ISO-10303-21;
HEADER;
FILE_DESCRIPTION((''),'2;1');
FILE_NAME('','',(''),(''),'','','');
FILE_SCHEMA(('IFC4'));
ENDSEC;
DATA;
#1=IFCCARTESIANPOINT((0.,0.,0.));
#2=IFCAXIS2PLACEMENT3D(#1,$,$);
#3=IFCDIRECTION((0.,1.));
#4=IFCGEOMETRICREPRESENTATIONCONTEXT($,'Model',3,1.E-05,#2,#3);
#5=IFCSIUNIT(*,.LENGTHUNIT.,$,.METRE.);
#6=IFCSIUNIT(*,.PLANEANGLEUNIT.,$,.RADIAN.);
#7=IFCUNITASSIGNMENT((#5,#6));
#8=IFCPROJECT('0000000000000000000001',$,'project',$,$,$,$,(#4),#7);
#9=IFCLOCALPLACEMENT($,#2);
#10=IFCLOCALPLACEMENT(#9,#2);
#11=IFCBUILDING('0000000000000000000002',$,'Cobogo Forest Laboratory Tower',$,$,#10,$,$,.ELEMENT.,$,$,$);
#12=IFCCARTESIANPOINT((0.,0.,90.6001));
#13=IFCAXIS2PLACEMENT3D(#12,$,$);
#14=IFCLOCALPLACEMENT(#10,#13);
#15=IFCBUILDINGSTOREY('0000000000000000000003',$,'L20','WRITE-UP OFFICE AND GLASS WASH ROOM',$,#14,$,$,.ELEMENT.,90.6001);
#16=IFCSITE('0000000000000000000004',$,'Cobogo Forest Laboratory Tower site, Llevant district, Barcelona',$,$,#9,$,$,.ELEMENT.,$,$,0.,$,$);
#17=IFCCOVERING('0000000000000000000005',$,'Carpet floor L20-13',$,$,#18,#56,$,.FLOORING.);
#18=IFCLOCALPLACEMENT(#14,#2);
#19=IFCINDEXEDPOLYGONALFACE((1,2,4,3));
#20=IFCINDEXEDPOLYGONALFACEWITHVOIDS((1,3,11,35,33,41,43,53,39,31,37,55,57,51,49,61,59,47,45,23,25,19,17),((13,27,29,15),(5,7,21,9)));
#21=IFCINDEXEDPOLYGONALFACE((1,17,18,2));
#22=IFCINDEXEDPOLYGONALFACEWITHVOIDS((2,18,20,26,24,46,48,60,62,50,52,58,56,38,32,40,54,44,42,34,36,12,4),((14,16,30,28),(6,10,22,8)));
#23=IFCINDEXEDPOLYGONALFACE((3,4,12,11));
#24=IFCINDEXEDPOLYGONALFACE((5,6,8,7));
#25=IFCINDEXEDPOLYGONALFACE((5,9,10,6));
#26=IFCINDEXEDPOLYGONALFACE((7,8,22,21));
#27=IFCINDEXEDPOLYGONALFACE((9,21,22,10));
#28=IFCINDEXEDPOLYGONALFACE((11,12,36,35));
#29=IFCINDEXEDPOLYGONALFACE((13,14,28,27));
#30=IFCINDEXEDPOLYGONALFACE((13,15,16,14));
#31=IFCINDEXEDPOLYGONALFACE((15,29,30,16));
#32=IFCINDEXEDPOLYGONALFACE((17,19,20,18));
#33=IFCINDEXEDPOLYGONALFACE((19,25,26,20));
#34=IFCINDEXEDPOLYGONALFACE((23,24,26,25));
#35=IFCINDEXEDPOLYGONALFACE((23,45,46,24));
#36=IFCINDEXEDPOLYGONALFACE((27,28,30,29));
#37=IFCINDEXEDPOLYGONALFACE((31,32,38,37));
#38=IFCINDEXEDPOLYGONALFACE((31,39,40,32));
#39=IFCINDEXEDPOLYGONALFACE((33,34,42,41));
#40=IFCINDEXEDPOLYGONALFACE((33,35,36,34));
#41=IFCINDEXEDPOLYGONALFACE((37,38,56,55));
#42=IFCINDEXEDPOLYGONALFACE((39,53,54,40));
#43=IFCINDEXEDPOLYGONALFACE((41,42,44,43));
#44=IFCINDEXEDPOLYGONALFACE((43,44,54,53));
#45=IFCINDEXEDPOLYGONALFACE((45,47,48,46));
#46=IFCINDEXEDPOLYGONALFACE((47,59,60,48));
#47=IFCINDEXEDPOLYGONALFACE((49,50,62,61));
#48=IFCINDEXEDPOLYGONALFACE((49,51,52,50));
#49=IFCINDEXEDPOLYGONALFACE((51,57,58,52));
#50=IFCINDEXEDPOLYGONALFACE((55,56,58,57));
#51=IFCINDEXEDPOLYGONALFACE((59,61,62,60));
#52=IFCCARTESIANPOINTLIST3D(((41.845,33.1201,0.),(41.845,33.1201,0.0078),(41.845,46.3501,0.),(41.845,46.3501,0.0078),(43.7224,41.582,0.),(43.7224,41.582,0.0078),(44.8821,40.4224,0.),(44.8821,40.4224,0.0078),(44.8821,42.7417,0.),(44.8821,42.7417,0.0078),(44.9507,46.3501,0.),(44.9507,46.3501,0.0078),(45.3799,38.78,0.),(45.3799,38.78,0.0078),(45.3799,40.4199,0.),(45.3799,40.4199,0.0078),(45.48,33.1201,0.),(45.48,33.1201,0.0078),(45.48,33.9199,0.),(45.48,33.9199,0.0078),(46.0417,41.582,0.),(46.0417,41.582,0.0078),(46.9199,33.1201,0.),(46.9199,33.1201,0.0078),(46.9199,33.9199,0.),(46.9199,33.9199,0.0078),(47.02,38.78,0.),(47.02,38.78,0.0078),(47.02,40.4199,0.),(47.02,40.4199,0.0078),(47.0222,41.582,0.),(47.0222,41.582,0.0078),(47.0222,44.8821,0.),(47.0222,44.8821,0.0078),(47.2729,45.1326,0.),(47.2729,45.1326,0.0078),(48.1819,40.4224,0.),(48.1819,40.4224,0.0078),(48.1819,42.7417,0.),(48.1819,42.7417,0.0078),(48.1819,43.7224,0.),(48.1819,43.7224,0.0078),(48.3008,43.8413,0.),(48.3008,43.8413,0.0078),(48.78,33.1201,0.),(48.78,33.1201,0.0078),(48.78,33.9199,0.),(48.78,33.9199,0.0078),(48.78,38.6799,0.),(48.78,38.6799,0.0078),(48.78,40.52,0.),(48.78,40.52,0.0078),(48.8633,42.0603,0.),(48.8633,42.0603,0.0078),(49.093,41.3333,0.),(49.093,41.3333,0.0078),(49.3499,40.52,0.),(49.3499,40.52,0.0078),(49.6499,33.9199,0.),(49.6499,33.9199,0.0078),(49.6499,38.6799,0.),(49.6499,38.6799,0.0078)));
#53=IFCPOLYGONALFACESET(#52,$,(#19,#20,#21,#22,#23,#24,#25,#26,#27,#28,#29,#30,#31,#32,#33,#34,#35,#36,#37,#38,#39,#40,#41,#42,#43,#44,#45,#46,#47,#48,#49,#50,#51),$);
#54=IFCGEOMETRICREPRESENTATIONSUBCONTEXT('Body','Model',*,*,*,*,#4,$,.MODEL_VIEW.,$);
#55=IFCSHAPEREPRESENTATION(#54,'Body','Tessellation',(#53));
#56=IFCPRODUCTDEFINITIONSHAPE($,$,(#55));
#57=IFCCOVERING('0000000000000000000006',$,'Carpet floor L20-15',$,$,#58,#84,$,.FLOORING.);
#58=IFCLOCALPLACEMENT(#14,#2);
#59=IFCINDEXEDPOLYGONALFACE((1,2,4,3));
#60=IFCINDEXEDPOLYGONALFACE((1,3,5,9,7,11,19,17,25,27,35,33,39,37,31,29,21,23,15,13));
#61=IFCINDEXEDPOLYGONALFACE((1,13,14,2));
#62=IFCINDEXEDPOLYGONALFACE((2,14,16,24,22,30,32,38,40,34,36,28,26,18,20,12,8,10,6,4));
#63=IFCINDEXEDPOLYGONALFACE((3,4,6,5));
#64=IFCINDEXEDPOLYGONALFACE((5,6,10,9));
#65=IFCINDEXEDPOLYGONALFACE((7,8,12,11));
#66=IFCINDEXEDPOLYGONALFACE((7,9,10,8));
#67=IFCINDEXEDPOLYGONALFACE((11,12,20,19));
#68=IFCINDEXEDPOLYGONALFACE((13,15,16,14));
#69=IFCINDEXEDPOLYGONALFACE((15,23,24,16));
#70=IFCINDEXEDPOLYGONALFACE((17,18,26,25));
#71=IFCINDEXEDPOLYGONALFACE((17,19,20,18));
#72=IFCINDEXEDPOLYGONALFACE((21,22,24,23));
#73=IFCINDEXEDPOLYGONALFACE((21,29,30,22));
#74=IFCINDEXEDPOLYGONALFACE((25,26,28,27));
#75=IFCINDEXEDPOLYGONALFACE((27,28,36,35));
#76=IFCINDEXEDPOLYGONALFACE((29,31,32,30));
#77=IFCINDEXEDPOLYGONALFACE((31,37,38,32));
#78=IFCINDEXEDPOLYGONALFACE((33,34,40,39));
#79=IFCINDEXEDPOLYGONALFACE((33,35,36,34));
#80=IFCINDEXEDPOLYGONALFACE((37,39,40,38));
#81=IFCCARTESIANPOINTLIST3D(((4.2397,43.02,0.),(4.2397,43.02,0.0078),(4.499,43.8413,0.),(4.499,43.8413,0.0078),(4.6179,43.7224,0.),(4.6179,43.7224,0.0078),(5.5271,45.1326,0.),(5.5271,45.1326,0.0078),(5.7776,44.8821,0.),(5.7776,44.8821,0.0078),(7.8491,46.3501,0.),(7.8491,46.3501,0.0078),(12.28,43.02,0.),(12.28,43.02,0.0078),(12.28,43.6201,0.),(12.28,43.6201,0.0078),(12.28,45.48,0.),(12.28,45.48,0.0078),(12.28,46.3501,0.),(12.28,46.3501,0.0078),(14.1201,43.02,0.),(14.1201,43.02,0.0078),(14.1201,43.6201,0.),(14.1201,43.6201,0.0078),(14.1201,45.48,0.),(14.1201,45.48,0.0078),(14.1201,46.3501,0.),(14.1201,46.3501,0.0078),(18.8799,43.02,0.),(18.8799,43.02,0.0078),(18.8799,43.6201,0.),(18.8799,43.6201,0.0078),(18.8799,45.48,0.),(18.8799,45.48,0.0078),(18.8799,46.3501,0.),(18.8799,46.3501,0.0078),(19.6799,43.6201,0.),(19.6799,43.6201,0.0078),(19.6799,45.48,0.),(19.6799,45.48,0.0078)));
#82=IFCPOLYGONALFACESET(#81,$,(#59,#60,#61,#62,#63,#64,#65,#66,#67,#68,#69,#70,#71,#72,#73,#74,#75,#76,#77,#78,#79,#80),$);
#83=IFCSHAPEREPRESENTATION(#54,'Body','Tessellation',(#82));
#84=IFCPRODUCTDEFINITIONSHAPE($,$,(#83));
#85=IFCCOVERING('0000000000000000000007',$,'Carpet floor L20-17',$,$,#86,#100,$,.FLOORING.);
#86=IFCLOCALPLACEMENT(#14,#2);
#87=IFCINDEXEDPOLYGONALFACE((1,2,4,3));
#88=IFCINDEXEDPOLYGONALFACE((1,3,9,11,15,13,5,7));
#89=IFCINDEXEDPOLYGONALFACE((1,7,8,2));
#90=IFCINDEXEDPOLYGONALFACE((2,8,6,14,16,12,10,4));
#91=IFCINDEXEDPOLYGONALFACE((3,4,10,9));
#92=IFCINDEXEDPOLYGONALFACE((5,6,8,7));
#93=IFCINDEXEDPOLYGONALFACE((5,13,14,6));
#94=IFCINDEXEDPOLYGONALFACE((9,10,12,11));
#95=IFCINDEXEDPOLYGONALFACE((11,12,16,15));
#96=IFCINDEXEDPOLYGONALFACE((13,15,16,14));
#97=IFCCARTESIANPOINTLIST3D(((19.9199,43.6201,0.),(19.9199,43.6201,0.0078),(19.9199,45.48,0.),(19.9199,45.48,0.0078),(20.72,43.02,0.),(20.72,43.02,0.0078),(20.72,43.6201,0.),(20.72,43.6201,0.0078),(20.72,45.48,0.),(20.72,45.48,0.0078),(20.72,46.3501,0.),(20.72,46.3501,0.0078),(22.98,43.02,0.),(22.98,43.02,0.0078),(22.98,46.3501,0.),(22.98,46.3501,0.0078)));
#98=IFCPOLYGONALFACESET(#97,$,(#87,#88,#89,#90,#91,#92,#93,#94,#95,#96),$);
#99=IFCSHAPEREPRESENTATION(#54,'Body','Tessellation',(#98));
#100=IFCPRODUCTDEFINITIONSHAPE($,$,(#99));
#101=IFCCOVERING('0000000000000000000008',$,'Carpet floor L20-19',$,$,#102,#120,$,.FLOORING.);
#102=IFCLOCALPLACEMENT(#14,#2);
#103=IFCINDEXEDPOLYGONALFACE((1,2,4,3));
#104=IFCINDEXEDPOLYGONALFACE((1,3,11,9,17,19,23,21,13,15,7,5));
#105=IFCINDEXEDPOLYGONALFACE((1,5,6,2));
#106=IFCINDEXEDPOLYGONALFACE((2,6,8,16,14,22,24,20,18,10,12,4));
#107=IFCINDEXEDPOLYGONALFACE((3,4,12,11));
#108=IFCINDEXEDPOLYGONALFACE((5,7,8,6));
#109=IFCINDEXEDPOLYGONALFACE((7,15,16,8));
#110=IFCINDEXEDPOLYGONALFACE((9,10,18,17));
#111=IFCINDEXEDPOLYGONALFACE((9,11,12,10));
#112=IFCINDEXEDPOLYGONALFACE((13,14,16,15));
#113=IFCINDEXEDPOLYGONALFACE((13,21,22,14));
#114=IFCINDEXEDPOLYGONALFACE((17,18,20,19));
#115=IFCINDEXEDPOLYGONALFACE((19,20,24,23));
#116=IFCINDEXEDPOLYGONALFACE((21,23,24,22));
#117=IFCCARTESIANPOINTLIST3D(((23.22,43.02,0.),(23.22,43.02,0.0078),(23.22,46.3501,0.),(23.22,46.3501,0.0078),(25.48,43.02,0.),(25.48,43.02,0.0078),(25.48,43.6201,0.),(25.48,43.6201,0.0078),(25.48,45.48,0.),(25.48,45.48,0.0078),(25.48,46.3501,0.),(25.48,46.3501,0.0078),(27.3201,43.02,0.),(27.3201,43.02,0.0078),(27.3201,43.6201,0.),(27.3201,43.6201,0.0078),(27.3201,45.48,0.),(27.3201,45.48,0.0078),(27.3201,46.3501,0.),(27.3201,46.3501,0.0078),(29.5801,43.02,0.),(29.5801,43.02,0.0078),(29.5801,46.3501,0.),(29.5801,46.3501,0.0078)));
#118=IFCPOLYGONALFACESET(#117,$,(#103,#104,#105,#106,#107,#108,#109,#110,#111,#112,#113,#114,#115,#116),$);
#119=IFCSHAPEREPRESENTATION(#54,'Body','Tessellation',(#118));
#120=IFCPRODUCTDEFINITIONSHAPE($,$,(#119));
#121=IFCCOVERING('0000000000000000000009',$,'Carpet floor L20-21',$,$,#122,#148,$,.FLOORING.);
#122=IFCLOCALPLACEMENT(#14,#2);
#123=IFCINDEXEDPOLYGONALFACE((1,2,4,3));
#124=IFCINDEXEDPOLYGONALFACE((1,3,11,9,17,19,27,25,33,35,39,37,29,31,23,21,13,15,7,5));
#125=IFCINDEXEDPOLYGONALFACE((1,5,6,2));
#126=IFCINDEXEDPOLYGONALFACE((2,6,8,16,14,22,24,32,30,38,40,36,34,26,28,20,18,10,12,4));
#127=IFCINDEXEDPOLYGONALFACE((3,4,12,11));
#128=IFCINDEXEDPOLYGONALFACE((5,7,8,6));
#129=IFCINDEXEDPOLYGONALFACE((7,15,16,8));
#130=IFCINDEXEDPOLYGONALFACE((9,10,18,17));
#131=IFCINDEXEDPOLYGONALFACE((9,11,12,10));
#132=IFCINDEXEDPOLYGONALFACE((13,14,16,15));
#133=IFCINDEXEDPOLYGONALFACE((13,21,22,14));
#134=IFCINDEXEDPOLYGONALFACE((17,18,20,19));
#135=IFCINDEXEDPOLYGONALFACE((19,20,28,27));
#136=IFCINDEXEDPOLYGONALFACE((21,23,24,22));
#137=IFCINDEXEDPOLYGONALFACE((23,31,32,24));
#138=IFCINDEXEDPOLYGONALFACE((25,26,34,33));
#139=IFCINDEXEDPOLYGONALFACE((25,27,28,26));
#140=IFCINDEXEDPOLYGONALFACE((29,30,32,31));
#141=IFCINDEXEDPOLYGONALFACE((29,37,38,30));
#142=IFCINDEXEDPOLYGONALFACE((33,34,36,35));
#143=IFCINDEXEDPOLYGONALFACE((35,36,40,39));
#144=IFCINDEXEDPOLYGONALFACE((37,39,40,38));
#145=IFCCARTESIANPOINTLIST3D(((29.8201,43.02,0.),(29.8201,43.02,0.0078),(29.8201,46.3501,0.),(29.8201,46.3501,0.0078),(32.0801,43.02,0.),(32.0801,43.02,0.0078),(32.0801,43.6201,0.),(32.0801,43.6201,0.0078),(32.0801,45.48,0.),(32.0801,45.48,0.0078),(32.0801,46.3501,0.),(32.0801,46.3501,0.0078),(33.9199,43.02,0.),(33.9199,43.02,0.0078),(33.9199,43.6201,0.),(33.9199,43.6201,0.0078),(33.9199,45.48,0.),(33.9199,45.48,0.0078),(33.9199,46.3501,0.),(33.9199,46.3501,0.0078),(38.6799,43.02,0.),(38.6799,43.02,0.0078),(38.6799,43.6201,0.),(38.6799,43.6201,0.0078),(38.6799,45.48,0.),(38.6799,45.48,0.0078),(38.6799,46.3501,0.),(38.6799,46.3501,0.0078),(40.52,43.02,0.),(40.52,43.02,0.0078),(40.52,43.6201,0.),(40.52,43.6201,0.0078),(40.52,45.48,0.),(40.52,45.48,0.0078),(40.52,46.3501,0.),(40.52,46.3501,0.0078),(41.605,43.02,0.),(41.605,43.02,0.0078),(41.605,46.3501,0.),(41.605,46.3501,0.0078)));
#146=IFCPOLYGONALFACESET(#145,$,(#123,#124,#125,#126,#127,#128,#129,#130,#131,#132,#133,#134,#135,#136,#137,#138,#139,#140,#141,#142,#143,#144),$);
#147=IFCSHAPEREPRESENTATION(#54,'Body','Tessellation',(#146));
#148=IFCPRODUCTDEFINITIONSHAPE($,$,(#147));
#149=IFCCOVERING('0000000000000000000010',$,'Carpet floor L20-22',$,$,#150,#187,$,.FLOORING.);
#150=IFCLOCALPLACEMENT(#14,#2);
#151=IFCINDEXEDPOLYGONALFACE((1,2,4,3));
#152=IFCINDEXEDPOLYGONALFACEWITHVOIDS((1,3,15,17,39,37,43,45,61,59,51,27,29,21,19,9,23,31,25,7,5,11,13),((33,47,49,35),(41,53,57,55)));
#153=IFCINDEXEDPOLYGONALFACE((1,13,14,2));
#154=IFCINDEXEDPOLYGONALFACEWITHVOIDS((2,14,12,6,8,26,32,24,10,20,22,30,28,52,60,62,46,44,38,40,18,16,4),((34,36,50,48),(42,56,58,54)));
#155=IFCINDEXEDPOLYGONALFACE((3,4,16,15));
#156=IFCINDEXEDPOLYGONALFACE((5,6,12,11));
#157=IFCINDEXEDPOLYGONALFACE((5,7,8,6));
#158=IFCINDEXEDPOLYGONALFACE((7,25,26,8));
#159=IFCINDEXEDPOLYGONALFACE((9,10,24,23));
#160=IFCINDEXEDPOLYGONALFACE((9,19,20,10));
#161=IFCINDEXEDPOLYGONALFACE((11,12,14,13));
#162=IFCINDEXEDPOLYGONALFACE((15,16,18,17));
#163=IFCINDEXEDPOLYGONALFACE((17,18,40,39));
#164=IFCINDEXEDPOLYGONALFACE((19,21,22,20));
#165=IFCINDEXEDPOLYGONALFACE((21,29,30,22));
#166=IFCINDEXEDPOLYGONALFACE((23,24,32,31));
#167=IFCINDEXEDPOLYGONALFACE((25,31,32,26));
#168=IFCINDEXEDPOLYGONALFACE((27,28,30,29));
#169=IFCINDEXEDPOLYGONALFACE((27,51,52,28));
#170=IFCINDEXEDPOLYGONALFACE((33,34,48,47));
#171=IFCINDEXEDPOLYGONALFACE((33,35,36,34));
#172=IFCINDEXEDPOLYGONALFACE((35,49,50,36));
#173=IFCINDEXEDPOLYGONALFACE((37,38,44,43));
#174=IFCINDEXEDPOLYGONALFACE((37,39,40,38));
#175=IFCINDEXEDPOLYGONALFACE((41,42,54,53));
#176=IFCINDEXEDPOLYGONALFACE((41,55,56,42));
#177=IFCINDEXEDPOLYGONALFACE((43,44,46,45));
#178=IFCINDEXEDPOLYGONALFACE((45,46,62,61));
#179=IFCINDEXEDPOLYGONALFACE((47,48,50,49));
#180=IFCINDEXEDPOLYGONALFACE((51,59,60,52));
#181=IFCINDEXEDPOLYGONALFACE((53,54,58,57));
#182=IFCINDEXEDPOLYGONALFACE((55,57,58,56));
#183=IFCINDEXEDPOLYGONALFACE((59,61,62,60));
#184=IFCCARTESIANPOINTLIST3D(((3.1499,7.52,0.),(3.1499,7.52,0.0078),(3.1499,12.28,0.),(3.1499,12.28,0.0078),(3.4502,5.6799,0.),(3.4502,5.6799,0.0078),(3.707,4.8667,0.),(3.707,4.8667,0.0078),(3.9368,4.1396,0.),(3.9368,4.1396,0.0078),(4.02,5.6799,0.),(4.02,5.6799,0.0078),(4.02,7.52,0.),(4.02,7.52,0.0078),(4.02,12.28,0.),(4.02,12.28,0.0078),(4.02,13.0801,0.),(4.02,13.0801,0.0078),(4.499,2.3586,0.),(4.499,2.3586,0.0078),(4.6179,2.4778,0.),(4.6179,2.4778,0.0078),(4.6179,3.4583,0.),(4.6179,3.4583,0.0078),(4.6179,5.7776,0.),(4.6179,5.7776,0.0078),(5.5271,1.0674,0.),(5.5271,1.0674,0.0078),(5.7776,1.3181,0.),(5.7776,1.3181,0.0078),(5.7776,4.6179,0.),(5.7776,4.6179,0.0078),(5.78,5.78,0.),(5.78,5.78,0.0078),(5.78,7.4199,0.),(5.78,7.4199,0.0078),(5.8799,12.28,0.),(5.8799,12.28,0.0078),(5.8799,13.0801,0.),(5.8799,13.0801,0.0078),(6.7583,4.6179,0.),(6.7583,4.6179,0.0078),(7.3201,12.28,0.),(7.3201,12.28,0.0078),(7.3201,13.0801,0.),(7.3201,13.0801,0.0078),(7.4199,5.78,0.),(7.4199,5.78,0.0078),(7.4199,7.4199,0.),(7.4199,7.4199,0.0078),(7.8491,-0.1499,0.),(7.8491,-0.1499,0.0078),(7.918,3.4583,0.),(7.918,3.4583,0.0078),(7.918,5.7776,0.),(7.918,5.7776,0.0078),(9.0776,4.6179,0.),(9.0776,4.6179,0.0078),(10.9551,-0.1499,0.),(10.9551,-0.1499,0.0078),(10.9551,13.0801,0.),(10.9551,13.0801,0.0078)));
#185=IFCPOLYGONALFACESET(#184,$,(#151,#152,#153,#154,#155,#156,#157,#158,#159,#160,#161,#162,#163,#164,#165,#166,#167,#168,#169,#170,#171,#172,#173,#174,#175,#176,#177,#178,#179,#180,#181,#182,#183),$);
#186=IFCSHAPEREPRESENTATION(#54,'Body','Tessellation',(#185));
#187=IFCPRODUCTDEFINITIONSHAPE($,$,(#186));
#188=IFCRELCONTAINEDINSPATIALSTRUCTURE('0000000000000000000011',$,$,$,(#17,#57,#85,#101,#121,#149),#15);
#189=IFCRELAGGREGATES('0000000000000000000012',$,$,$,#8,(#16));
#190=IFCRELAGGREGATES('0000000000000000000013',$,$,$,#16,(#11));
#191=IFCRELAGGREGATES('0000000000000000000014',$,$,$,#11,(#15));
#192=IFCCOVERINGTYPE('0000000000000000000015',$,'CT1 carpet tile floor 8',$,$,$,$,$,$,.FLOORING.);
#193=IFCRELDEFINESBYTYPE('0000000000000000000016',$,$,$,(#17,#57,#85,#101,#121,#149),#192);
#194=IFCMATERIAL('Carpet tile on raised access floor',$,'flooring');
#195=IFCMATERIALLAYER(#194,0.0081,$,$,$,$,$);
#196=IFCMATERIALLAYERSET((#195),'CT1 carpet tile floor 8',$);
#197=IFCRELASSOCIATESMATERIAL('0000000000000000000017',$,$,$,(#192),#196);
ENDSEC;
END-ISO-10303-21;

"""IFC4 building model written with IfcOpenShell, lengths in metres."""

from ifc_helpers import new_model, si_unit, direction, frame, origin, place, context, subcontext, project, spatial, polyline, outline, extrude, material, layer, layer_set, type_object, element, save


model = new_model("IFC4")

# Units and contexts
model_context = context("Model", 3, precision=1e-05, world=origin(), true_north=direction((0.0, 1.0)))
body_context = subcontext(model_context, "Body", "Model", "MODEL_VIEW")
ifc_project = project(units=[si_unit("LENGTHUNIT", "METRE"), si_unit("PLANEANGLEUNIT", "RADIAN")], contexts=[model_context])

# Site, building, storey
site_placement = place(None, origin())
site = spatial("IfcSite", under=ifc_project, at=site_placement, Name="Cobogo Forest Laboratory Tower site, Llevant district, Barcelona", CompositionType="ELEMENT", RefElevation=0.0)
building_placement = place(site_placement, origin())
building = spatial("IfcBuilding", under=site, at=building_placement, Name="Cobogo Forest Laboratory Tower", CompositionType="ELEMENT")
storey_placement = place(building_placement, frame((0.0, 0.0, 90.6001)))
storey = spatial("IfcBuildingStorey", under=building, at=storey_placement, Name="L20", Description="WRITE-UP OFFICE AND GLASS WASH ROOM", CompositionType="ELEMENT", Elevation=90.6001)

# Coverings
ifc_material_1 = material(Name="Carpet tile on raised access floor", Category="flooring")
ifc_layer_1 = layer(ifc_material_1, 0.0081)
ifc_layer_set_1 = layer_set([ifc_layer_1], Name="CT1 carpet tile floor 8")
covering_type_1 = type_object("IfcCoveringType", Name="CT1 carpet tile floor 8", PredefinedType="FLOORING", material=ifc_layer_set_1)
covering_1_placement = place(storey_placement, origin())
element("IfcCovering", 1, at=covering_1_placement, inside=storey, type_object=covering_type_1, Name="Carpet floor L20-13", PredefinedType="FLOORING", context=body_context, shape_type="SweptSolid", body=[
    extrude(outline(polyline([(41.845, 46.3501), (44.9507, 46.3501), (47.2729, 45.1326), (47.0222, 44.8821), (48.1819, 43.7224), (48.3008, 43.8413), (48.8633, 42.0603), (48.1819, 42.7417), (47.0222, 41.582), (48.1819, 40.4224), (49.093, 41.3333), (49.3499, 40.52), (48.78, 40.52), (48.78, 38.6799), (49.6499, 38.6799), (49.6499, 33.9199), (48.78, 33.9199), (48.78, 33.1201), (46.9199, 33.1201), (46.9199, 33.9199), (45.48, 33.9199), (45.48, 33.1201), (41.845, 33.1201), (41.845, 46.3501)]), holes=[polyline([(45.3799, 40.4199), (45.3799, 38.78), (47.02, 38.78), (47.02, 40.4199), (45.3799, 40.4199)]), polyline([(43.7224, 41.582), (44.8821, 40.4224), (46.0417, 41.582), (44.8821, 42.7417), (43.7224, 41.582)])]), origin(), (0.0, 0.0, 1.0), 0.0078),
])
covering_2_placement = place(storey_placement, origin())
element("IfcCovering", 2, at=covering_2_placement, inside=storey, type_object=covering_type_1, Name="Carpet floor L20-15", PredefinedType="FLOORING", context=body_context, shape_type="SweptSolid", body=[
    extrude(outline(polyline([(14.1201, 43.02), (14.1201, 43.6201), (12.28, 43.6201), (12.28, 43.02), (4.2397, 43.02), (4.499, 43.8413), (4.6179, 43.7224), (5.7776, 44.8821), (5.5271, 45.1326), (7.8491, 46.3501), (12.28, 46.3501), (12.28, 45.48), (14.1201, 45.48), (14.1201, 46.3501), (18.8799, 46.3501), (18.8799, 45.48), (19.6799, 45.48), (19.6799, 43.6201), (18.8799, 43.6201), (18.8799, 43.02), (14.1201, 43.02)])), origin(), (0.0, 0.0, 1.0), 0.0078),
])
covering_3_placement = place(storey_placement, origin())
element("IfcCovering", 3, at=covering_3_placement, inside=storey, type_object=covering_type_1, Name="Carpet floor L20-17", PredefinedType="FLOORING", context=body_context, shape_type="SweptSolid", body=[
    extrude(outline(polyline([(20.72, 43.02), (20.72, 43.6201), (19.9199, 43.6201), (19.9199, 45.48), (20.72, 45.48), (20.72, 46.3501), (22.98, 46.3501), (22.98, 43.02), (20.72, 43.02)])), origin(), (0.0, 0.0, 1.0), 0.0078),
])
covering_4_placement = place(storey_placement, origin())
element("IfcCovering", 4, at=covering_4_placement, inside=storey, type_object=covering_type_1, Name="Carpet floor L20-19", PredefinedType="FLOORING", context=body_context, shape_type="SweptSolid", body=[
    extrude(outline(polyline([(27.3201, 43.02), (27.3201, 43.6201), (25.48, 43.6201), (25.48, 43.02), (23.22, 43.02), (23.22, 46.3501), (25.48, 46.3501), (25.48, 45.48), (27.3201, 45.48), (27.3201, 46.3501), (29.5801, 46.3501), (29.5801, 43.02), (27.3201, 43.02)])), origin(), (0.0, 0.0, 1.0), 0.0078),
])
covering_5_placement = place(storey_placement, origin())
element("IfcCovering", 5, at=covering_5_placement, inside=storey, type_object=covering_type_1, Name="Carpet floor L20-21", PredefinedType="FLOORING", context=body_context, shape_type="SweptSolid", body=[
    extrude(outline(polyline([(40.52, 43.02), (40.52, 43.6201), (38.6799, 43.6201), (38.6799, 43.02), (33.9199, 43.02), (33.9199, 43.6201), (32.0801, 43.6201), (32.0801, 43.02), (29.8201, 43.02), (29.8201, 46.3501), (32.0801, 46.3501), (32.0801, 45.48), (33.9199, 45.48), (33.9199, 46.3501), (38.6799, 46.3501), (38.6799, 45.48), (40.52, 45.48), (40.52, 46.3501), (41.605, 46.3501), (41.605, 43.02), (40.52, 43.02)])), origin(), (0.0, 0.0, 1.0), 0.0078),
])
covering_6_placement = place(storey_placement, origin())
element("IfcCovering", 6, at=covering_6_placement, inside=storey, type_object=covering_type_1, Name="Carpet floor L20-22", PredefinedType="FLOORING", context=body_context, shape_type="SweptSolid", body=[
    extrude(outline(polyline([(10.9551, -0.1499), (7.8491, -0.1499), (5.5271, 1.0674), (5.7776, 1.3181), (4.6179, 2.4778), (4.499, 2.3586), (3.9368, 4.1396), (4.6179, 3.4583), (5.7776, 4.6179), (4.6179, 5.7776), (3.707, 4.8667), (3.4502, 5.6799), (4.02, 5.6799), (4.02, 7.52), (3.1499, 7.52), (3.1499, 12.28), (4.02, 12.28), (4.02, 13.0801), (5.8799, 13.0801), (5.8799, 12.28), (7.3201, 12.28), (7.3201, 13.0801), (10.9551, 13.0801), (10.9551, -0.1499)]), holes=[polyline([(6.7583, 4.6179), (7.918, 3.4583), (9.0776, 4.6179), (7.918, 5.7776), (6.7583, 4.6179)]), polyline([(5.78, 7.4199), (5.78, 5.78), (7.4199, 5.78), (7.4199, 7.4199), (5.78, 7.4199)])]), origin(), (0.0, 0.0, 1.0), 0.0078),
])

save(model, "model.ifc")
